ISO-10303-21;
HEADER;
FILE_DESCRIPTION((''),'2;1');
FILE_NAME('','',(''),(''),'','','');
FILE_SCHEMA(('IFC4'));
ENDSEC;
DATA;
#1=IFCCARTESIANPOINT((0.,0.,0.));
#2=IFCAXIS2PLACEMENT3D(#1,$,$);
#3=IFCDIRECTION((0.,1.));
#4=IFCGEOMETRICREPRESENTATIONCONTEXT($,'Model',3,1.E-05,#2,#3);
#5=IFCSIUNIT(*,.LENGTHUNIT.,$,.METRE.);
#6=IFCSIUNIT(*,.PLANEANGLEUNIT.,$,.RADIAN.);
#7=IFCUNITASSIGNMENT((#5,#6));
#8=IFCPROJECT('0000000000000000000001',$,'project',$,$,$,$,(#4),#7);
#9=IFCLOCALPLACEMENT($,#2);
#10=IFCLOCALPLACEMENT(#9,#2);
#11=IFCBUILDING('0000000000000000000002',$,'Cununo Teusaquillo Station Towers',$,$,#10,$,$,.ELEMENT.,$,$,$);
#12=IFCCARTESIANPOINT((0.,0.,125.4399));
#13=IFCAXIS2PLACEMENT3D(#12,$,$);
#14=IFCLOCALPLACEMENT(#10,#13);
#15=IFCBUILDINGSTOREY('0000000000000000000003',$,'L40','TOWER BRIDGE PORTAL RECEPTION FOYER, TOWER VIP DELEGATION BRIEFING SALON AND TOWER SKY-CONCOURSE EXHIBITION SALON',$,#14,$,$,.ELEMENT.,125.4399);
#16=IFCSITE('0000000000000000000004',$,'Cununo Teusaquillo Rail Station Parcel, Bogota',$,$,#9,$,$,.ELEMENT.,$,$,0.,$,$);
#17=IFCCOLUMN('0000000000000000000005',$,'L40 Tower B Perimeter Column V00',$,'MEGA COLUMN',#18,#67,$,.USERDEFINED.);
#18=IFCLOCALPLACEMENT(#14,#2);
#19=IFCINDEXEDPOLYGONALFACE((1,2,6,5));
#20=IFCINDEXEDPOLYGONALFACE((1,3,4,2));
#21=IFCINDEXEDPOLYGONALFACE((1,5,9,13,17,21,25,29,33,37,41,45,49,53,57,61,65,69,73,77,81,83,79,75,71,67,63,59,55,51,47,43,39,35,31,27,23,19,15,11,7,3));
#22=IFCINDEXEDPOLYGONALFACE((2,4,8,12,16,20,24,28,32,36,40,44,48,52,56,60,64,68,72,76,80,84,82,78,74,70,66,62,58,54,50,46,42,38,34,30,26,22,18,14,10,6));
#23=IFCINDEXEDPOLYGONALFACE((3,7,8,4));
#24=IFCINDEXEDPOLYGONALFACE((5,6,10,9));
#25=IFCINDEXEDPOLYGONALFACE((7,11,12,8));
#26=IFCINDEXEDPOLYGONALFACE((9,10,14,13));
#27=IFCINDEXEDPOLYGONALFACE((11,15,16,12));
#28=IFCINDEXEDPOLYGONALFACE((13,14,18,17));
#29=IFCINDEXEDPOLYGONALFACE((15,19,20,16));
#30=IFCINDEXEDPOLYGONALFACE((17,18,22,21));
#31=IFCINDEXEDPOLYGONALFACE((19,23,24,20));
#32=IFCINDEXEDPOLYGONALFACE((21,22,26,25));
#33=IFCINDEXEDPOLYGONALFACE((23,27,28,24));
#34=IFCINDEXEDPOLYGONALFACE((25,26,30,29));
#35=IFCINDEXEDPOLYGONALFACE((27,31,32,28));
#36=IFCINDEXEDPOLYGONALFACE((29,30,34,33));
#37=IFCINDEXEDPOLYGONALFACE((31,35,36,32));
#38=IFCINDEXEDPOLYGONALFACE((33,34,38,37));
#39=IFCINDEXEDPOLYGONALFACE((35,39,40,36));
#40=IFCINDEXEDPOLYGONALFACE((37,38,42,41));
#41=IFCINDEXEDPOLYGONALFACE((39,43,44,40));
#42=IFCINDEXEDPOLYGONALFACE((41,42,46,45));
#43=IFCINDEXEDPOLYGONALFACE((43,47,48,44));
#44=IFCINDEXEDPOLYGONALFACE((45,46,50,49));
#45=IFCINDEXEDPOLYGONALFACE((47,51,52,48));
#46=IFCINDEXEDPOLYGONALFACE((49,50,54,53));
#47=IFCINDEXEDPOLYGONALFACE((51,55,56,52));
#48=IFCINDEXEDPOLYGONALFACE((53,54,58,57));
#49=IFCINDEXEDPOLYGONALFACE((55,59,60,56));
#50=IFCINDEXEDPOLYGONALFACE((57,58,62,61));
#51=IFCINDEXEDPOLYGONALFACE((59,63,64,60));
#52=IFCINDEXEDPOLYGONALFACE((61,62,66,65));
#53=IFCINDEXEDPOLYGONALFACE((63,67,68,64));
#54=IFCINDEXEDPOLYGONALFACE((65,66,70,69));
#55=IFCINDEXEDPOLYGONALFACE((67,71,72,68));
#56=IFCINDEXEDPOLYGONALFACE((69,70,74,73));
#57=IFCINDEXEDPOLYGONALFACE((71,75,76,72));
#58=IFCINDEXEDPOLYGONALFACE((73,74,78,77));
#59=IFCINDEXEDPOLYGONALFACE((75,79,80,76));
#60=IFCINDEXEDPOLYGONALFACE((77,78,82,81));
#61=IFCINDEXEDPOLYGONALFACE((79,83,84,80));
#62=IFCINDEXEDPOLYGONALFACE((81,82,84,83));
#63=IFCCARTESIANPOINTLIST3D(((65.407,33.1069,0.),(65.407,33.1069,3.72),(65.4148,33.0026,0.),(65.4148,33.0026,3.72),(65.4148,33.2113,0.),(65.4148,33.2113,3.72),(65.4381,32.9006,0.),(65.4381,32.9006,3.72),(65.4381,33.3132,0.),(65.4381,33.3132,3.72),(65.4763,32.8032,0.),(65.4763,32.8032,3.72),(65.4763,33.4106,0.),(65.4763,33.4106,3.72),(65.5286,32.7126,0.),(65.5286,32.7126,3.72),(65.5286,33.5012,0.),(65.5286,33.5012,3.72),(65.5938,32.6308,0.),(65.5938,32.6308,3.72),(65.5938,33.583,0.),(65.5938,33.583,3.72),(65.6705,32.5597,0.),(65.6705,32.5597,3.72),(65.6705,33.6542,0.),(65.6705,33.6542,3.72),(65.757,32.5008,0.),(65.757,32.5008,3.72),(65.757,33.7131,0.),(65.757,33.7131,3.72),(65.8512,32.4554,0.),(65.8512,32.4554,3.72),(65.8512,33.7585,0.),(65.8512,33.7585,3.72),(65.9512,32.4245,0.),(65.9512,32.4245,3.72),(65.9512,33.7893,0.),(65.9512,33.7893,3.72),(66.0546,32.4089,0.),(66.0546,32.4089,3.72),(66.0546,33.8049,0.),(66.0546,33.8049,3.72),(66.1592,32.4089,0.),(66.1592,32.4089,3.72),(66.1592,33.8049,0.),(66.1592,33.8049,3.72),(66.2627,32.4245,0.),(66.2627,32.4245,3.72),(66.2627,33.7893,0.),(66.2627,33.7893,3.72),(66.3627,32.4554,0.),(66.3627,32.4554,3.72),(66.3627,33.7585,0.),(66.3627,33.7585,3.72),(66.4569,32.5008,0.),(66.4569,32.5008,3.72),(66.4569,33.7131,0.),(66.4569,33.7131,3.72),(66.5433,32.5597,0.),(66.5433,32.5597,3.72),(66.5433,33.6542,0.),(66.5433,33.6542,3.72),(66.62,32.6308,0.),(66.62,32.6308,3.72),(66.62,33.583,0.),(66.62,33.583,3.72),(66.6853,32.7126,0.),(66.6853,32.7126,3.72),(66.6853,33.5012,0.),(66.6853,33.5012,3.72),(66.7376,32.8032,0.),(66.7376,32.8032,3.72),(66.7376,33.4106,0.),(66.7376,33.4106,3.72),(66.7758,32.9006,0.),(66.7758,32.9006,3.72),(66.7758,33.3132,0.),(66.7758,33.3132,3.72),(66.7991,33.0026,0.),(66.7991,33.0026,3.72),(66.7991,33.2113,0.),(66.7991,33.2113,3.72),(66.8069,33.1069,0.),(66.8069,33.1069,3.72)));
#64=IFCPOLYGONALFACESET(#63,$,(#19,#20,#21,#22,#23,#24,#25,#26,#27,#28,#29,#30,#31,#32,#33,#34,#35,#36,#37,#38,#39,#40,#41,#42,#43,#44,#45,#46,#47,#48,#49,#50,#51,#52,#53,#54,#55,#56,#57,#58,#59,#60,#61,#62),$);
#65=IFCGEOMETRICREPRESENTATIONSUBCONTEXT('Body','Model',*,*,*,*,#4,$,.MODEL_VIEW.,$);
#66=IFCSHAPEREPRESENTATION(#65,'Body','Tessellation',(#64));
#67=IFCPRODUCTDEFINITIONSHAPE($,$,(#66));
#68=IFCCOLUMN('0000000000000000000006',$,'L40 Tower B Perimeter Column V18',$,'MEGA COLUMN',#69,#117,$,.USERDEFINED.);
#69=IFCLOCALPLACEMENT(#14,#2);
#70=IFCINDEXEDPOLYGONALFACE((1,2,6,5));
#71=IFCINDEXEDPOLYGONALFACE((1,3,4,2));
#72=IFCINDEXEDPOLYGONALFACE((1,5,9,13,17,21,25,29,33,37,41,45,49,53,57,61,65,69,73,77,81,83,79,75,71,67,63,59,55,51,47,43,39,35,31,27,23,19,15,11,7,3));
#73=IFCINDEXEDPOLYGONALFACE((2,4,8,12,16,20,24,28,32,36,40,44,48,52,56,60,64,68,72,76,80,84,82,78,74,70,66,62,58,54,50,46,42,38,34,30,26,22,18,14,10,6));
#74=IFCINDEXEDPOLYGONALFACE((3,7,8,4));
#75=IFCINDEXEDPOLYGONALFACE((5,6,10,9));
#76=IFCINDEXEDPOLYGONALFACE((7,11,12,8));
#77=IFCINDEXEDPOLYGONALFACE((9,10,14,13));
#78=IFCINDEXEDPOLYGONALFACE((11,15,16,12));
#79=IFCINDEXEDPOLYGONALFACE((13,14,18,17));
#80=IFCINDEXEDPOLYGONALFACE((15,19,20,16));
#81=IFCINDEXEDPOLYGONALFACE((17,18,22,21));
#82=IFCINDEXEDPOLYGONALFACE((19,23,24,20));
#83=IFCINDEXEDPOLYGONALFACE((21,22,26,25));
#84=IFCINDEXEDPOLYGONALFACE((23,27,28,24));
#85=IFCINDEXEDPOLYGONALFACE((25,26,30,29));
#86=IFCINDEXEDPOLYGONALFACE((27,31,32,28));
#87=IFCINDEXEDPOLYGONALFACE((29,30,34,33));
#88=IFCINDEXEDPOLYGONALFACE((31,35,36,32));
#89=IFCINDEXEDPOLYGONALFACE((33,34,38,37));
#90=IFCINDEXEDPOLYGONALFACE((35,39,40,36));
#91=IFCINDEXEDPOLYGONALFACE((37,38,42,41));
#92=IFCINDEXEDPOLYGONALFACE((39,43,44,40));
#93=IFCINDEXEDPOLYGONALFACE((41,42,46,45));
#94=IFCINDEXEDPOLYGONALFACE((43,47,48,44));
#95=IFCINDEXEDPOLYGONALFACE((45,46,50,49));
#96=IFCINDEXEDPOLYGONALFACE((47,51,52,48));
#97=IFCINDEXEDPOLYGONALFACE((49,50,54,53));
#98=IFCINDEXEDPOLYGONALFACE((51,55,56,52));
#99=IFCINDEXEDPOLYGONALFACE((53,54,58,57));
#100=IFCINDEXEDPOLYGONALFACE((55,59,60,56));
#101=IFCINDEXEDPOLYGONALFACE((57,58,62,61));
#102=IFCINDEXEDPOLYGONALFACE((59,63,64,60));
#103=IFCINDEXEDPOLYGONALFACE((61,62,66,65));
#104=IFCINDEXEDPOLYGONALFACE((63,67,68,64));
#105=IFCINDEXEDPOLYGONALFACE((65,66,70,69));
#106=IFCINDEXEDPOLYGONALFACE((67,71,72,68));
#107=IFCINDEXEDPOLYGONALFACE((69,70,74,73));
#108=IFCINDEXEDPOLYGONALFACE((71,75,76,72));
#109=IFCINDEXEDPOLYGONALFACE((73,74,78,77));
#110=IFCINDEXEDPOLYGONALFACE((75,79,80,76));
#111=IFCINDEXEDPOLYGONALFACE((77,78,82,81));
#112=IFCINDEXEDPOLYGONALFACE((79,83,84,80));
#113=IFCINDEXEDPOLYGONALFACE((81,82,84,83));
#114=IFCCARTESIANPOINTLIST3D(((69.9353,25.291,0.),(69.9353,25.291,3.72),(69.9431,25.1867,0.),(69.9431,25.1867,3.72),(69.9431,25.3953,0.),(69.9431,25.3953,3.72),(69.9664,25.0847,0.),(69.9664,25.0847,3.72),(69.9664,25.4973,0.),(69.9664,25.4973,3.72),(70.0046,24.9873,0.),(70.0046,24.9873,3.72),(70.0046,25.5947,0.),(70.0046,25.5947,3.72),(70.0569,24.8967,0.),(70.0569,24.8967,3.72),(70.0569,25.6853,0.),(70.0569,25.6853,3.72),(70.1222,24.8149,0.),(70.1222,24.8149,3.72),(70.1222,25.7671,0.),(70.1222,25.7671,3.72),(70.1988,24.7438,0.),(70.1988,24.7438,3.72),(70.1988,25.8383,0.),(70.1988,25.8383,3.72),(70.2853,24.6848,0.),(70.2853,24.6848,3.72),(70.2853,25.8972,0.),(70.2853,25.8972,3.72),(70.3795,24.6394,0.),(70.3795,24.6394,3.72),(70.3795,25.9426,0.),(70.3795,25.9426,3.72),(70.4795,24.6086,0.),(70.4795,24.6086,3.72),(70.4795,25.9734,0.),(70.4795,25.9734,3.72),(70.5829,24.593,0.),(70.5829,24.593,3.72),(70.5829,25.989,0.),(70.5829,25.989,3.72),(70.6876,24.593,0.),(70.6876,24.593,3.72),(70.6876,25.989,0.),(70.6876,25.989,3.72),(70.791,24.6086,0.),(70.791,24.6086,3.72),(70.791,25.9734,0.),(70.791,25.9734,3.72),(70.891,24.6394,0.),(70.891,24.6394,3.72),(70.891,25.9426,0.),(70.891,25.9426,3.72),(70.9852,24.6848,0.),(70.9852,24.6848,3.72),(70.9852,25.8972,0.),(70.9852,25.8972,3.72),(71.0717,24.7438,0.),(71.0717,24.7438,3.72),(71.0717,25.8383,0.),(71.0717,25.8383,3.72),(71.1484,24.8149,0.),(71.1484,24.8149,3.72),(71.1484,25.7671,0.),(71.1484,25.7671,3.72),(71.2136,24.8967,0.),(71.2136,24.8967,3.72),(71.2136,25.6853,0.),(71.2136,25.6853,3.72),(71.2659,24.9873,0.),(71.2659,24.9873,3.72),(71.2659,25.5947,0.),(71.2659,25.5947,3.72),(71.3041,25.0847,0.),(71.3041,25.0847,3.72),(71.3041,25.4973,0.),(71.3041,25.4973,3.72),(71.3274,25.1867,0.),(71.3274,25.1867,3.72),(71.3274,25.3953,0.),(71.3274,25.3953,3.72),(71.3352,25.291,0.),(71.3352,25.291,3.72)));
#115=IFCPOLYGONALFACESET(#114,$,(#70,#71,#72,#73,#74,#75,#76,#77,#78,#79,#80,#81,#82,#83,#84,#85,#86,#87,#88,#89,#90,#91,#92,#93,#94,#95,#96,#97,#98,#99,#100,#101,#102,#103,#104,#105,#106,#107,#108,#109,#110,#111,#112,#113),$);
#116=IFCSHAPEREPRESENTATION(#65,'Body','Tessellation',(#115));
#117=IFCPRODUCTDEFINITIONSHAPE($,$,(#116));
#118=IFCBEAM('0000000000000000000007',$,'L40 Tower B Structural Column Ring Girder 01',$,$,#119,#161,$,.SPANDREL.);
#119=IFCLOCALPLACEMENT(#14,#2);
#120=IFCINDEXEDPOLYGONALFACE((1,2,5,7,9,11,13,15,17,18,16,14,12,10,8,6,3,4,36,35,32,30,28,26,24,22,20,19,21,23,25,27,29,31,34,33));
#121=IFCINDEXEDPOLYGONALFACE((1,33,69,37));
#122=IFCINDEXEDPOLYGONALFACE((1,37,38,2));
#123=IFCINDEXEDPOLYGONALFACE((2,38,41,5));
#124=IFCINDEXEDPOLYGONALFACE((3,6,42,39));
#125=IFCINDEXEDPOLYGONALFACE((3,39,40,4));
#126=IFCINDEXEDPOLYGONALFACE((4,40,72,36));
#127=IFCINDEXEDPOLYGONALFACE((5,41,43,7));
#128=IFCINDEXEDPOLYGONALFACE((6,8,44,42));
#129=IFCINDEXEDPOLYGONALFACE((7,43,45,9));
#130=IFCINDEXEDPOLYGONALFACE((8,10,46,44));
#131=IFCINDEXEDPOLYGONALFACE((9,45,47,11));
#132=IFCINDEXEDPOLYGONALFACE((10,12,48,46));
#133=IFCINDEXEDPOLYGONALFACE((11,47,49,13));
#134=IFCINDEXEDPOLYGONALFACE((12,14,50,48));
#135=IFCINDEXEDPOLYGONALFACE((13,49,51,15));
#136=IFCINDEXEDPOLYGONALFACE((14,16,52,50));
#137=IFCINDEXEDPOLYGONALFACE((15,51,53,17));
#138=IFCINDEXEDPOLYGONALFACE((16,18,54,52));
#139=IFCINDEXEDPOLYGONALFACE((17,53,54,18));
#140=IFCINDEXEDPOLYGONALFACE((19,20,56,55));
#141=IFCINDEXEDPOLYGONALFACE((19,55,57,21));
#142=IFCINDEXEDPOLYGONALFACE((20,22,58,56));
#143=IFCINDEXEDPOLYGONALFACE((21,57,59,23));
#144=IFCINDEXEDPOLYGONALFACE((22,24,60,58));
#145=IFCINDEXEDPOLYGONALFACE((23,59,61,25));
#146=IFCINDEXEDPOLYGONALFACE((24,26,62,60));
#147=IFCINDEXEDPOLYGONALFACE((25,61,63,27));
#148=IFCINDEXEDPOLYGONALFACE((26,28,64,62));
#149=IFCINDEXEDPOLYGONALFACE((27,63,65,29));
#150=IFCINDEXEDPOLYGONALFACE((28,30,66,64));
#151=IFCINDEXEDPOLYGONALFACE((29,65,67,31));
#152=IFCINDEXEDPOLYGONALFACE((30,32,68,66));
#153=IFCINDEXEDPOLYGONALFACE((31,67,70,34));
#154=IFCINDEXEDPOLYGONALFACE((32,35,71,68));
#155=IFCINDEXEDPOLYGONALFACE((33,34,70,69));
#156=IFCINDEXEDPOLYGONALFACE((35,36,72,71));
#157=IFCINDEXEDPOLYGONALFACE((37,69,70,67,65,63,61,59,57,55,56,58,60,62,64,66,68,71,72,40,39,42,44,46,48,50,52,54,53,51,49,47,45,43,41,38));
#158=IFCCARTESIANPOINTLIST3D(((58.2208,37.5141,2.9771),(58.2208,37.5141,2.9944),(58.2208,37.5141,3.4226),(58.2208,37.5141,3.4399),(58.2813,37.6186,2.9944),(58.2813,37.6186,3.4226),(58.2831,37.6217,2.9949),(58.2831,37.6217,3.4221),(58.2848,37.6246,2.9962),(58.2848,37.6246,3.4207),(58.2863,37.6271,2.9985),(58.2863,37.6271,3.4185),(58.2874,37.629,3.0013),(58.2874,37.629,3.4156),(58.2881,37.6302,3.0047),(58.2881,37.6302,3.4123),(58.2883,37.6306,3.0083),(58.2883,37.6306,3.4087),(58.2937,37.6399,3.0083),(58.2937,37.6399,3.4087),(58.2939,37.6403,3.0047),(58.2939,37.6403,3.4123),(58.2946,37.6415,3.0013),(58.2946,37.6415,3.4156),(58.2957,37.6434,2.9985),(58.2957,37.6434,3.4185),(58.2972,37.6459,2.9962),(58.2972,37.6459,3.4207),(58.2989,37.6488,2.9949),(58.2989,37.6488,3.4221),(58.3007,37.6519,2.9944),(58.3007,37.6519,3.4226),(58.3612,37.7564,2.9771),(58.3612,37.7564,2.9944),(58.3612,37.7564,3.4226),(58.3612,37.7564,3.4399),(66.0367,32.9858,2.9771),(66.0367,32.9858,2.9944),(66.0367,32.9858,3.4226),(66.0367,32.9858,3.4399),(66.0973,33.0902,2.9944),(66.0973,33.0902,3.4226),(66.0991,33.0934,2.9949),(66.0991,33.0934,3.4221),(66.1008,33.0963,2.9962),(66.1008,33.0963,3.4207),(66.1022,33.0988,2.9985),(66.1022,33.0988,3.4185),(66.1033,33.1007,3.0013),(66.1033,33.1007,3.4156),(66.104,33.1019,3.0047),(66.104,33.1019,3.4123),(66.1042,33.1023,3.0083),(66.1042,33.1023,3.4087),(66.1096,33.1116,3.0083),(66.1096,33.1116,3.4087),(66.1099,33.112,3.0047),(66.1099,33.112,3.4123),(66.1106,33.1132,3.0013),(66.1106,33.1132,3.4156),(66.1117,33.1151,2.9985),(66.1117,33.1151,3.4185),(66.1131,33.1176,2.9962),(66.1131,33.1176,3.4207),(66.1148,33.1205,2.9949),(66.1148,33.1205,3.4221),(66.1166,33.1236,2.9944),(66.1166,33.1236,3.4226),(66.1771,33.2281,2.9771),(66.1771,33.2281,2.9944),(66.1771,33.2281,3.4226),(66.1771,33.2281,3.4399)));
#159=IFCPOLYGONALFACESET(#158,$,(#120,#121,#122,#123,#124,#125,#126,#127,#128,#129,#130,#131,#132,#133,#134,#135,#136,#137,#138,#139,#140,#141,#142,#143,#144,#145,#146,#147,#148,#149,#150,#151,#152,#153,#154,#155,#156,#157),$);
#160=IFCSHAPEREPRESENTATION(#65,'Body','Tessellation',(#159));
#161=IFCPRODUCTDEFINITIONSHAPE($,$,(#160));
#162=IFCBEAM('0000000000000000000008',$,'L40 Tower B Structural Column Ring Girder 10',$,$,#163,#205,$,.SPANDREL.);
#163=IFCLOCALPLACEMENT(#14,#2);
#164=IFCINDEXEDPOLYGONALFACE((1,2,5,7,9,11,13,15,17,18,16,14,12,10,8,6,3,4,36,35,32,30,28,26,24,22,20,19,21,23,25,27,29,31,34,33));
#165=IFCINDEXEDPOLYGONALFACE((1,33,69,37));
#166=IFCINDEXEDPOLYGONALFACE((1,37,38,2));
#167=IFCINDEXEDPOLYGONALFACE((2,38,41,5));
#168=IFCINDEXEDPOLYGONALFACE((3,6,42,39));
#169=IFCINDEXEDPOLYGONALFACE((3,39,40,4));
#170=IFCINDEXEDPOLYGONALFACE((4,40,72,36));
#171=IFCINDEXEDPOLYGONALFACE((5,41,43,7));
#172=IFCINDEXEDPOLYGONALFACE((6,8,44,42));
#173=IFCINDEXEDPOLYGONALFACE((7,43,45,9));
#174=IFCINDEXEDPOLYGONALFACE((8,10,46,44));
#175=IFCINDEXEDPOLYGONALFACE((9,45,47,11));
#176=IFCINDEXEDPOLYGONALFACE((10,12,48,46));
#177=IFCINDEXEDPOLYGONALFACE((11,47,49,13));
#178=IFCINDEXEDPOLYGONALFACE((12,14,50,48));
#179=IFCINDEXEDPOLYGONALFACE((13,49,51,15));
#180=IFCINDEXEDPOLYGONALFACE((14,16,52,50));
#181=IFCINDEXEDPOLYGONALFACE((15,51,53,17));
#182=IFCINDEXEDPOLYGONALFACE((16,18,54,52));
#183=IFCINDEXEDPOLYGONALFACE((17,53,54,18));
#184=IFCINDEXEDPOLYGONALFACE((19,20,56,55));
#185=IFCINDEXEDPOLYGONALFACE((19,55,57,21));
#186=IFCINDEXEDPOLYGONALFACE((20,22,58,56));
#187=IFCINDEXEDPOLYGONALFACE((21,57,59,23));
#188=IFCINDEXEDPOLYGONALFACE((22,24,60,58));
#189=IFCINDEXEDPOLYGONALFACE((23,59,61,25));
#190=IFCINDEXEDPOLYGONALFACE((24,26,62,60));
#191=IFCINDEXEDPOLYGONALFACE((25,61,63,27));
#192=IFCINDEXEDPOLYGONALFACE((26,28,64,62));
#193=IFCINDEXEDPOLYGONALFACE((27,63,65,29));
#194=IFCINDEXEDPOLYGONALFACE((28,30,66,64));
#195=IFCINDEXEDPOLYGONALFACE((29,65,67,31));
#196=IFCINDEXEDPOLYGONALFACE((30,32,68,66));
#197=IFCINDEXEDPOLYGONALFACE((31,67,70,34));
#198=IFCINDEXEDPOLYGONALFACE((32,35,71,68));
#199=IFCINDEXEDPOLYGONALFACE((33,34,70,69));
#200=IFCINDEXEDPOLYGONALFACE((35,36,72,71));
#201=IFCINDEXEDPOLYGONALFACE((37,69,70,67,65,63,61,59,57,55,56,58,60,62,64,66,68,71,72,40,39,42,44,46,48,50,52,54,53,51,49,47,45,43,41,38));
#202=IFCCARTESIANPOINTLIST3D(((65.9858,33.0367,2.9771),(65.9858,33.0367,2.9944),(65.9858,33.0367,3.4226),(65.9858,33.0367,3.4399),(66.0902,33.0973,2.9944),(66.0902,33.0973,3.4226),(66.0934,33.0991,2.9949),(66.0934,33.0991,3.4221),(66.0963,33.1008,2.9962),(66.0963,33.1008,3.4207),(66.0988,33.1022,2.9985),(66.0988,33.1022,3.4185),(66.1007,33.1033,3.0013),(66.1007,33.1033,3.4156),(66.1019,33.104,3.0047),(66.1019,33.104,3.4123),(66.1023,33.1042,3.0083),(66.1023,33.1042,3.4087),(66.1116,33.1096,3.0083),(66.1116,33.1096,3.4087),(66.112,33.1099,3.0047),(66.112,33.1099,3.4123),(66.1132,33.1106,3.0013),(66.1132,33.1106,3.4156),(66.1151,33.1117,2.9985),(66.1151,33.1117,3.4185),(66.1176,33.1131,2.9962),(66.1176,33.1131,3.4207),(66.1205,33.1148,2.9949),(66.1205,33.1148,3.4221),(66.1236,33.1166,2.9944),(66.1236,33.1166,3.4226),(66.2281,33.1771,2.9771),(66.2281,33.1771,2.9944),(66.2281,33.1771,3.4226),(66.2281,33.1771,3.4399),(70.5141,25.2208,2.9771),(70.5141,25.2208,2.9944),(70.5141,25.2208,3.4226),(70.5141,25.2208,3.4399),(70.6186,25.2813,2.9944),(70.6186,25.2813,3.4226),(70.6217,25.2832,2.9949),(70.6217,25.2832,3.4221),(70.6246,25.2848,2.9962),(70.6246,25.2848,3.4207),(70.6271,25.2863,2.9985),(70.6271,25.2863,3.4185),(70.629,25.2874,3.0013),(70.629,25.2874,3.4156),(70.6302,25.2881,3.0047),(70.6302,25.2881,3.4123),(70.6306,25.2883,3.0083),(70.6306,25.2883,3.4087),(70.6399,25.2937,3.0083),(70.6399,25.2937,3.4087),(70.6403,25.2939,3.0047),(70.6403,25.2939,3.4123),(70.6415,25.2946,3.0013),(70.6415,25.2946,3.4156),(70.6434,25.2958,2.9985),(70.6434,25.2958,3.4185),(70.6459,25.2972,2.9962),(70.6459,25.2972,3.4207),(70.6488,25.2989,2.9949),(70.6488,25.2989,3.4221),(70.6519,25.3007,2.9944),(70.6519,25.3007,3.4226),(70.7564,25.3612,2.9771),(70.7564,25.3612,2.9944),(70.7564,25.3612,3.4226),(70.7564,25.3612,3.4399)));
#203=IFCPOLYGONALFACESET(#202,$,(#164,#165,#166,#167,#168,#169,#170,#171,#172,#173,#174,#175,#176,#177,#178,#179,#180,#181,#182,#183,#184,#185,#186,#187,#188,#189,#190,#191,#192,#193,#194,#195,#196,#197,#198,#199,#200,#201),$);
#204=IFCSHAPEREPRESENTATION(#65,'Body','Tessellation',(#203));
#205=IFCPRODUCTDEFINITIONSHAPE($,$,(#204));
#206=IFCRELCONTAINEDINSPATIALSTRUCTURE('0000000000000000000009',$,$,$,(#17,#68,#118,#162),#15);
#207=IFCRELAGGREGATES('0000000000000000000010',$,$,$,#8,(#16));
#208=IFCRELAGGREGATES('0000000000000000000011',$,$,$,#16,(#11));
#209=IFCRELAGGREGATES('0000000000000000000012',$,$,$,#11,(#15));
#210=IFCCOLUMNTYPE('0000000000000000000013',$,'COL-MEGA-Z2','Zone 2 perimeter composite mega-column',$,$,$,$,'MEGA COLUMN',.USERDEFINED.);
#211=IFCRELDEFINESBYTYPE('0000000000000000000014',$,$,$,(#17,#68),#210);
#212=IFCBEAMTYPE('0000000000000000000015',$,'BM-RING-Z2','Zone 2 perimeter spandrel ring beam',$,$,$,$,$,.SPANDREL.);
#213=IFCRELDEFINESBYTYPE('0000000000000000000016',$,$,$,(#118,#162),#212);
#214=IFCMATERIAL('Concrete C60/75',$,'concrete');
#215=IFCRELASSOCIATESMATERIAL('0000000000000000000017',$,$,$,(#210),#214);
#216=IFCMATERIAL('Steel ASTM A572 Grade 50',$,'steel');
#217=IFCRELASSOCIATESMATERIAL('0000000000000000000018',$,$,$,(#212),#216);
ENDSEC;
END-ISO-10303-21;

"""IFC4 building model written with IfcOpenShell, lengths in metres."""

from ifc_helpers import new_model, si_unit, direction, frame, origin, origin_2d, place, context, subcontext, project, spatial, circle, i_section, extrude, material, material_profile, profile_set, type_object, element, save


model = new_model("IFC4")

# Units and contexts
model_context = context("Model", 3, precision=1e-05, world=origin(), true_north=direction((0.0, 1.0)))
body_context = subcontext(model_context, "Body", "Model", "MODEL_VIEW")
ifc_project = project(units=[si_unit("LENGTHUNIT", "METRE"), si_unit("PLANEANGLEUNIT", "RADIAN")], contexts=[model_context])

# Site, building, storey
site_placement = place(None, origin())
site = spatial("IfcSite", under=ifc_project, at=site_placement, Name="Cununo Teusaquillo Rail Station Parcel, Bogota", CompositionType="ELEMENT", RefElevation=0.0)
building_placement = place(site_placement, origin())
building = spatial("IfcBuilding", under=site, at=building_placement, Name="Cununo Teusaquillo Station Towers", CompositionType="ELEMENT")
storey_placement = place(building_placement, frame((0.0, 0.0, 125.4399)))
storey = spatial("IfcBuildingStorey", under=building, at=storey_placement, Name="L40", Description="TOWER BRIDGE PORTAL RECEPTION FOYER, TOWER VIP DELEGATION BRIEFING SALON AND TOWER SKY-CONCOURSE EXHIBITION SALON", CompositionType="ELEMENT", Elevation=125.4399)

# Columns
ifc_material_1 = material(Name="Concrete C60/75", Category="concrete")
ifc_material_profile_1 = material_profile(ifc_material_1, circle(Radius=0.7, at=origin_2d()), Name="RC-CIRC-1400")
ifc_profile_set_1 = profile_set([ifc_material_profile_1], Name="Concrete C60/75")
column_type = type_object("IfcColumnType", Name="COL-MEGA-Z2", Description="Zone 2 perimeter composite mega-column", ElementType="MEGA COLUMN", PredefinedType="USERDEFINED", material=ifc_profile_set_1)
for number, where, z_axis, x_axis, name in (
    (1, (66.1069, 33.1069, 0.0), (0.0, 0.0, 1.0), (1.0, 0.0, 0.0), "L40 Tower B Perimeter Column V00"),
    (2, (70.6353, 25.291, 0.0), (0.0, 0.0, 1.0), (1.0, 0.0, 0.0), "L40 Tower B Perimeter Column V18"),
):
    element("IfcColumn", number, at=place(storey_placement, frame(where, z_axis=z_axis, x_axis=x_axis)), inside=storey, type_object=column_type, Name=name, ObjectType="MEGA COLUMN", PredefinedType="USERDEFINED", context=body_context, shape_type="SweptSolid", body=[
        extrude(circle(Radius=0.7, at=origin_2d()), origin(), (0.0, 0.0, 1.0), 3.72),
    ])

# Beams
ifc_material_2 = material(Name="Steel ASTM A572 Grade 50", Category="steel")
ifc_material_profile_2 = material_profile(ifc_material_2, i_section(OverallWidth=0.28, OverallDepth=0.4629, WebThickness=0.0107, FlangeThickness=0.0173, FilletRadius=0.0139, at=origin_2d()), Name="W18X76")
ifc_profile_set_2 = profile_set([ifc_material_profile_2], Name="Steel ASTM A572 Grade 50")
beam_type = type_object("IfcBeamType", Name="BM-RING-Z2", Description="Zone 2 perimeter spandrel ring beam", PredefinedType="SPANDREL", material=ifc_profile_set_2)
for number, where, z_axis, x_axis, name in (
    (3, (66.1069, 33.1069, 3.2085), (-0.865267, 0.501311, 0.0), (-0.501311, -0.865267, 0.0), "L40 Tower B Structural Column Ring Girder 01"),
    (4, (70.6353, 25.291, 3.2085), (-0.501311, 0.865267, 0.0), (-0.865267, -0.501311, 0.0), "L40 Tower B Structural Column Ring Girder 10"),
):
    element("IfcBeam", number, at=place(storey_placement, frame(where, z_axis=z_axis, x_axis=x_axis)), inside=storey, type_object=beam_type, Name=name, PredefinedType="SPANDREL", context=body_context, shape_type="SweptSolid", body=[
        extrude(i_section(OverallWidth=0.28, OverallDepth=0.4629, WebThickness=0.0107, FlangeThickness=0.0173, FilletRadius=0.0139, at=origin_2d()), origin(), (0.0, 0.0, 1.0), 9.033),
    ])

save(model, "model.ifc")
